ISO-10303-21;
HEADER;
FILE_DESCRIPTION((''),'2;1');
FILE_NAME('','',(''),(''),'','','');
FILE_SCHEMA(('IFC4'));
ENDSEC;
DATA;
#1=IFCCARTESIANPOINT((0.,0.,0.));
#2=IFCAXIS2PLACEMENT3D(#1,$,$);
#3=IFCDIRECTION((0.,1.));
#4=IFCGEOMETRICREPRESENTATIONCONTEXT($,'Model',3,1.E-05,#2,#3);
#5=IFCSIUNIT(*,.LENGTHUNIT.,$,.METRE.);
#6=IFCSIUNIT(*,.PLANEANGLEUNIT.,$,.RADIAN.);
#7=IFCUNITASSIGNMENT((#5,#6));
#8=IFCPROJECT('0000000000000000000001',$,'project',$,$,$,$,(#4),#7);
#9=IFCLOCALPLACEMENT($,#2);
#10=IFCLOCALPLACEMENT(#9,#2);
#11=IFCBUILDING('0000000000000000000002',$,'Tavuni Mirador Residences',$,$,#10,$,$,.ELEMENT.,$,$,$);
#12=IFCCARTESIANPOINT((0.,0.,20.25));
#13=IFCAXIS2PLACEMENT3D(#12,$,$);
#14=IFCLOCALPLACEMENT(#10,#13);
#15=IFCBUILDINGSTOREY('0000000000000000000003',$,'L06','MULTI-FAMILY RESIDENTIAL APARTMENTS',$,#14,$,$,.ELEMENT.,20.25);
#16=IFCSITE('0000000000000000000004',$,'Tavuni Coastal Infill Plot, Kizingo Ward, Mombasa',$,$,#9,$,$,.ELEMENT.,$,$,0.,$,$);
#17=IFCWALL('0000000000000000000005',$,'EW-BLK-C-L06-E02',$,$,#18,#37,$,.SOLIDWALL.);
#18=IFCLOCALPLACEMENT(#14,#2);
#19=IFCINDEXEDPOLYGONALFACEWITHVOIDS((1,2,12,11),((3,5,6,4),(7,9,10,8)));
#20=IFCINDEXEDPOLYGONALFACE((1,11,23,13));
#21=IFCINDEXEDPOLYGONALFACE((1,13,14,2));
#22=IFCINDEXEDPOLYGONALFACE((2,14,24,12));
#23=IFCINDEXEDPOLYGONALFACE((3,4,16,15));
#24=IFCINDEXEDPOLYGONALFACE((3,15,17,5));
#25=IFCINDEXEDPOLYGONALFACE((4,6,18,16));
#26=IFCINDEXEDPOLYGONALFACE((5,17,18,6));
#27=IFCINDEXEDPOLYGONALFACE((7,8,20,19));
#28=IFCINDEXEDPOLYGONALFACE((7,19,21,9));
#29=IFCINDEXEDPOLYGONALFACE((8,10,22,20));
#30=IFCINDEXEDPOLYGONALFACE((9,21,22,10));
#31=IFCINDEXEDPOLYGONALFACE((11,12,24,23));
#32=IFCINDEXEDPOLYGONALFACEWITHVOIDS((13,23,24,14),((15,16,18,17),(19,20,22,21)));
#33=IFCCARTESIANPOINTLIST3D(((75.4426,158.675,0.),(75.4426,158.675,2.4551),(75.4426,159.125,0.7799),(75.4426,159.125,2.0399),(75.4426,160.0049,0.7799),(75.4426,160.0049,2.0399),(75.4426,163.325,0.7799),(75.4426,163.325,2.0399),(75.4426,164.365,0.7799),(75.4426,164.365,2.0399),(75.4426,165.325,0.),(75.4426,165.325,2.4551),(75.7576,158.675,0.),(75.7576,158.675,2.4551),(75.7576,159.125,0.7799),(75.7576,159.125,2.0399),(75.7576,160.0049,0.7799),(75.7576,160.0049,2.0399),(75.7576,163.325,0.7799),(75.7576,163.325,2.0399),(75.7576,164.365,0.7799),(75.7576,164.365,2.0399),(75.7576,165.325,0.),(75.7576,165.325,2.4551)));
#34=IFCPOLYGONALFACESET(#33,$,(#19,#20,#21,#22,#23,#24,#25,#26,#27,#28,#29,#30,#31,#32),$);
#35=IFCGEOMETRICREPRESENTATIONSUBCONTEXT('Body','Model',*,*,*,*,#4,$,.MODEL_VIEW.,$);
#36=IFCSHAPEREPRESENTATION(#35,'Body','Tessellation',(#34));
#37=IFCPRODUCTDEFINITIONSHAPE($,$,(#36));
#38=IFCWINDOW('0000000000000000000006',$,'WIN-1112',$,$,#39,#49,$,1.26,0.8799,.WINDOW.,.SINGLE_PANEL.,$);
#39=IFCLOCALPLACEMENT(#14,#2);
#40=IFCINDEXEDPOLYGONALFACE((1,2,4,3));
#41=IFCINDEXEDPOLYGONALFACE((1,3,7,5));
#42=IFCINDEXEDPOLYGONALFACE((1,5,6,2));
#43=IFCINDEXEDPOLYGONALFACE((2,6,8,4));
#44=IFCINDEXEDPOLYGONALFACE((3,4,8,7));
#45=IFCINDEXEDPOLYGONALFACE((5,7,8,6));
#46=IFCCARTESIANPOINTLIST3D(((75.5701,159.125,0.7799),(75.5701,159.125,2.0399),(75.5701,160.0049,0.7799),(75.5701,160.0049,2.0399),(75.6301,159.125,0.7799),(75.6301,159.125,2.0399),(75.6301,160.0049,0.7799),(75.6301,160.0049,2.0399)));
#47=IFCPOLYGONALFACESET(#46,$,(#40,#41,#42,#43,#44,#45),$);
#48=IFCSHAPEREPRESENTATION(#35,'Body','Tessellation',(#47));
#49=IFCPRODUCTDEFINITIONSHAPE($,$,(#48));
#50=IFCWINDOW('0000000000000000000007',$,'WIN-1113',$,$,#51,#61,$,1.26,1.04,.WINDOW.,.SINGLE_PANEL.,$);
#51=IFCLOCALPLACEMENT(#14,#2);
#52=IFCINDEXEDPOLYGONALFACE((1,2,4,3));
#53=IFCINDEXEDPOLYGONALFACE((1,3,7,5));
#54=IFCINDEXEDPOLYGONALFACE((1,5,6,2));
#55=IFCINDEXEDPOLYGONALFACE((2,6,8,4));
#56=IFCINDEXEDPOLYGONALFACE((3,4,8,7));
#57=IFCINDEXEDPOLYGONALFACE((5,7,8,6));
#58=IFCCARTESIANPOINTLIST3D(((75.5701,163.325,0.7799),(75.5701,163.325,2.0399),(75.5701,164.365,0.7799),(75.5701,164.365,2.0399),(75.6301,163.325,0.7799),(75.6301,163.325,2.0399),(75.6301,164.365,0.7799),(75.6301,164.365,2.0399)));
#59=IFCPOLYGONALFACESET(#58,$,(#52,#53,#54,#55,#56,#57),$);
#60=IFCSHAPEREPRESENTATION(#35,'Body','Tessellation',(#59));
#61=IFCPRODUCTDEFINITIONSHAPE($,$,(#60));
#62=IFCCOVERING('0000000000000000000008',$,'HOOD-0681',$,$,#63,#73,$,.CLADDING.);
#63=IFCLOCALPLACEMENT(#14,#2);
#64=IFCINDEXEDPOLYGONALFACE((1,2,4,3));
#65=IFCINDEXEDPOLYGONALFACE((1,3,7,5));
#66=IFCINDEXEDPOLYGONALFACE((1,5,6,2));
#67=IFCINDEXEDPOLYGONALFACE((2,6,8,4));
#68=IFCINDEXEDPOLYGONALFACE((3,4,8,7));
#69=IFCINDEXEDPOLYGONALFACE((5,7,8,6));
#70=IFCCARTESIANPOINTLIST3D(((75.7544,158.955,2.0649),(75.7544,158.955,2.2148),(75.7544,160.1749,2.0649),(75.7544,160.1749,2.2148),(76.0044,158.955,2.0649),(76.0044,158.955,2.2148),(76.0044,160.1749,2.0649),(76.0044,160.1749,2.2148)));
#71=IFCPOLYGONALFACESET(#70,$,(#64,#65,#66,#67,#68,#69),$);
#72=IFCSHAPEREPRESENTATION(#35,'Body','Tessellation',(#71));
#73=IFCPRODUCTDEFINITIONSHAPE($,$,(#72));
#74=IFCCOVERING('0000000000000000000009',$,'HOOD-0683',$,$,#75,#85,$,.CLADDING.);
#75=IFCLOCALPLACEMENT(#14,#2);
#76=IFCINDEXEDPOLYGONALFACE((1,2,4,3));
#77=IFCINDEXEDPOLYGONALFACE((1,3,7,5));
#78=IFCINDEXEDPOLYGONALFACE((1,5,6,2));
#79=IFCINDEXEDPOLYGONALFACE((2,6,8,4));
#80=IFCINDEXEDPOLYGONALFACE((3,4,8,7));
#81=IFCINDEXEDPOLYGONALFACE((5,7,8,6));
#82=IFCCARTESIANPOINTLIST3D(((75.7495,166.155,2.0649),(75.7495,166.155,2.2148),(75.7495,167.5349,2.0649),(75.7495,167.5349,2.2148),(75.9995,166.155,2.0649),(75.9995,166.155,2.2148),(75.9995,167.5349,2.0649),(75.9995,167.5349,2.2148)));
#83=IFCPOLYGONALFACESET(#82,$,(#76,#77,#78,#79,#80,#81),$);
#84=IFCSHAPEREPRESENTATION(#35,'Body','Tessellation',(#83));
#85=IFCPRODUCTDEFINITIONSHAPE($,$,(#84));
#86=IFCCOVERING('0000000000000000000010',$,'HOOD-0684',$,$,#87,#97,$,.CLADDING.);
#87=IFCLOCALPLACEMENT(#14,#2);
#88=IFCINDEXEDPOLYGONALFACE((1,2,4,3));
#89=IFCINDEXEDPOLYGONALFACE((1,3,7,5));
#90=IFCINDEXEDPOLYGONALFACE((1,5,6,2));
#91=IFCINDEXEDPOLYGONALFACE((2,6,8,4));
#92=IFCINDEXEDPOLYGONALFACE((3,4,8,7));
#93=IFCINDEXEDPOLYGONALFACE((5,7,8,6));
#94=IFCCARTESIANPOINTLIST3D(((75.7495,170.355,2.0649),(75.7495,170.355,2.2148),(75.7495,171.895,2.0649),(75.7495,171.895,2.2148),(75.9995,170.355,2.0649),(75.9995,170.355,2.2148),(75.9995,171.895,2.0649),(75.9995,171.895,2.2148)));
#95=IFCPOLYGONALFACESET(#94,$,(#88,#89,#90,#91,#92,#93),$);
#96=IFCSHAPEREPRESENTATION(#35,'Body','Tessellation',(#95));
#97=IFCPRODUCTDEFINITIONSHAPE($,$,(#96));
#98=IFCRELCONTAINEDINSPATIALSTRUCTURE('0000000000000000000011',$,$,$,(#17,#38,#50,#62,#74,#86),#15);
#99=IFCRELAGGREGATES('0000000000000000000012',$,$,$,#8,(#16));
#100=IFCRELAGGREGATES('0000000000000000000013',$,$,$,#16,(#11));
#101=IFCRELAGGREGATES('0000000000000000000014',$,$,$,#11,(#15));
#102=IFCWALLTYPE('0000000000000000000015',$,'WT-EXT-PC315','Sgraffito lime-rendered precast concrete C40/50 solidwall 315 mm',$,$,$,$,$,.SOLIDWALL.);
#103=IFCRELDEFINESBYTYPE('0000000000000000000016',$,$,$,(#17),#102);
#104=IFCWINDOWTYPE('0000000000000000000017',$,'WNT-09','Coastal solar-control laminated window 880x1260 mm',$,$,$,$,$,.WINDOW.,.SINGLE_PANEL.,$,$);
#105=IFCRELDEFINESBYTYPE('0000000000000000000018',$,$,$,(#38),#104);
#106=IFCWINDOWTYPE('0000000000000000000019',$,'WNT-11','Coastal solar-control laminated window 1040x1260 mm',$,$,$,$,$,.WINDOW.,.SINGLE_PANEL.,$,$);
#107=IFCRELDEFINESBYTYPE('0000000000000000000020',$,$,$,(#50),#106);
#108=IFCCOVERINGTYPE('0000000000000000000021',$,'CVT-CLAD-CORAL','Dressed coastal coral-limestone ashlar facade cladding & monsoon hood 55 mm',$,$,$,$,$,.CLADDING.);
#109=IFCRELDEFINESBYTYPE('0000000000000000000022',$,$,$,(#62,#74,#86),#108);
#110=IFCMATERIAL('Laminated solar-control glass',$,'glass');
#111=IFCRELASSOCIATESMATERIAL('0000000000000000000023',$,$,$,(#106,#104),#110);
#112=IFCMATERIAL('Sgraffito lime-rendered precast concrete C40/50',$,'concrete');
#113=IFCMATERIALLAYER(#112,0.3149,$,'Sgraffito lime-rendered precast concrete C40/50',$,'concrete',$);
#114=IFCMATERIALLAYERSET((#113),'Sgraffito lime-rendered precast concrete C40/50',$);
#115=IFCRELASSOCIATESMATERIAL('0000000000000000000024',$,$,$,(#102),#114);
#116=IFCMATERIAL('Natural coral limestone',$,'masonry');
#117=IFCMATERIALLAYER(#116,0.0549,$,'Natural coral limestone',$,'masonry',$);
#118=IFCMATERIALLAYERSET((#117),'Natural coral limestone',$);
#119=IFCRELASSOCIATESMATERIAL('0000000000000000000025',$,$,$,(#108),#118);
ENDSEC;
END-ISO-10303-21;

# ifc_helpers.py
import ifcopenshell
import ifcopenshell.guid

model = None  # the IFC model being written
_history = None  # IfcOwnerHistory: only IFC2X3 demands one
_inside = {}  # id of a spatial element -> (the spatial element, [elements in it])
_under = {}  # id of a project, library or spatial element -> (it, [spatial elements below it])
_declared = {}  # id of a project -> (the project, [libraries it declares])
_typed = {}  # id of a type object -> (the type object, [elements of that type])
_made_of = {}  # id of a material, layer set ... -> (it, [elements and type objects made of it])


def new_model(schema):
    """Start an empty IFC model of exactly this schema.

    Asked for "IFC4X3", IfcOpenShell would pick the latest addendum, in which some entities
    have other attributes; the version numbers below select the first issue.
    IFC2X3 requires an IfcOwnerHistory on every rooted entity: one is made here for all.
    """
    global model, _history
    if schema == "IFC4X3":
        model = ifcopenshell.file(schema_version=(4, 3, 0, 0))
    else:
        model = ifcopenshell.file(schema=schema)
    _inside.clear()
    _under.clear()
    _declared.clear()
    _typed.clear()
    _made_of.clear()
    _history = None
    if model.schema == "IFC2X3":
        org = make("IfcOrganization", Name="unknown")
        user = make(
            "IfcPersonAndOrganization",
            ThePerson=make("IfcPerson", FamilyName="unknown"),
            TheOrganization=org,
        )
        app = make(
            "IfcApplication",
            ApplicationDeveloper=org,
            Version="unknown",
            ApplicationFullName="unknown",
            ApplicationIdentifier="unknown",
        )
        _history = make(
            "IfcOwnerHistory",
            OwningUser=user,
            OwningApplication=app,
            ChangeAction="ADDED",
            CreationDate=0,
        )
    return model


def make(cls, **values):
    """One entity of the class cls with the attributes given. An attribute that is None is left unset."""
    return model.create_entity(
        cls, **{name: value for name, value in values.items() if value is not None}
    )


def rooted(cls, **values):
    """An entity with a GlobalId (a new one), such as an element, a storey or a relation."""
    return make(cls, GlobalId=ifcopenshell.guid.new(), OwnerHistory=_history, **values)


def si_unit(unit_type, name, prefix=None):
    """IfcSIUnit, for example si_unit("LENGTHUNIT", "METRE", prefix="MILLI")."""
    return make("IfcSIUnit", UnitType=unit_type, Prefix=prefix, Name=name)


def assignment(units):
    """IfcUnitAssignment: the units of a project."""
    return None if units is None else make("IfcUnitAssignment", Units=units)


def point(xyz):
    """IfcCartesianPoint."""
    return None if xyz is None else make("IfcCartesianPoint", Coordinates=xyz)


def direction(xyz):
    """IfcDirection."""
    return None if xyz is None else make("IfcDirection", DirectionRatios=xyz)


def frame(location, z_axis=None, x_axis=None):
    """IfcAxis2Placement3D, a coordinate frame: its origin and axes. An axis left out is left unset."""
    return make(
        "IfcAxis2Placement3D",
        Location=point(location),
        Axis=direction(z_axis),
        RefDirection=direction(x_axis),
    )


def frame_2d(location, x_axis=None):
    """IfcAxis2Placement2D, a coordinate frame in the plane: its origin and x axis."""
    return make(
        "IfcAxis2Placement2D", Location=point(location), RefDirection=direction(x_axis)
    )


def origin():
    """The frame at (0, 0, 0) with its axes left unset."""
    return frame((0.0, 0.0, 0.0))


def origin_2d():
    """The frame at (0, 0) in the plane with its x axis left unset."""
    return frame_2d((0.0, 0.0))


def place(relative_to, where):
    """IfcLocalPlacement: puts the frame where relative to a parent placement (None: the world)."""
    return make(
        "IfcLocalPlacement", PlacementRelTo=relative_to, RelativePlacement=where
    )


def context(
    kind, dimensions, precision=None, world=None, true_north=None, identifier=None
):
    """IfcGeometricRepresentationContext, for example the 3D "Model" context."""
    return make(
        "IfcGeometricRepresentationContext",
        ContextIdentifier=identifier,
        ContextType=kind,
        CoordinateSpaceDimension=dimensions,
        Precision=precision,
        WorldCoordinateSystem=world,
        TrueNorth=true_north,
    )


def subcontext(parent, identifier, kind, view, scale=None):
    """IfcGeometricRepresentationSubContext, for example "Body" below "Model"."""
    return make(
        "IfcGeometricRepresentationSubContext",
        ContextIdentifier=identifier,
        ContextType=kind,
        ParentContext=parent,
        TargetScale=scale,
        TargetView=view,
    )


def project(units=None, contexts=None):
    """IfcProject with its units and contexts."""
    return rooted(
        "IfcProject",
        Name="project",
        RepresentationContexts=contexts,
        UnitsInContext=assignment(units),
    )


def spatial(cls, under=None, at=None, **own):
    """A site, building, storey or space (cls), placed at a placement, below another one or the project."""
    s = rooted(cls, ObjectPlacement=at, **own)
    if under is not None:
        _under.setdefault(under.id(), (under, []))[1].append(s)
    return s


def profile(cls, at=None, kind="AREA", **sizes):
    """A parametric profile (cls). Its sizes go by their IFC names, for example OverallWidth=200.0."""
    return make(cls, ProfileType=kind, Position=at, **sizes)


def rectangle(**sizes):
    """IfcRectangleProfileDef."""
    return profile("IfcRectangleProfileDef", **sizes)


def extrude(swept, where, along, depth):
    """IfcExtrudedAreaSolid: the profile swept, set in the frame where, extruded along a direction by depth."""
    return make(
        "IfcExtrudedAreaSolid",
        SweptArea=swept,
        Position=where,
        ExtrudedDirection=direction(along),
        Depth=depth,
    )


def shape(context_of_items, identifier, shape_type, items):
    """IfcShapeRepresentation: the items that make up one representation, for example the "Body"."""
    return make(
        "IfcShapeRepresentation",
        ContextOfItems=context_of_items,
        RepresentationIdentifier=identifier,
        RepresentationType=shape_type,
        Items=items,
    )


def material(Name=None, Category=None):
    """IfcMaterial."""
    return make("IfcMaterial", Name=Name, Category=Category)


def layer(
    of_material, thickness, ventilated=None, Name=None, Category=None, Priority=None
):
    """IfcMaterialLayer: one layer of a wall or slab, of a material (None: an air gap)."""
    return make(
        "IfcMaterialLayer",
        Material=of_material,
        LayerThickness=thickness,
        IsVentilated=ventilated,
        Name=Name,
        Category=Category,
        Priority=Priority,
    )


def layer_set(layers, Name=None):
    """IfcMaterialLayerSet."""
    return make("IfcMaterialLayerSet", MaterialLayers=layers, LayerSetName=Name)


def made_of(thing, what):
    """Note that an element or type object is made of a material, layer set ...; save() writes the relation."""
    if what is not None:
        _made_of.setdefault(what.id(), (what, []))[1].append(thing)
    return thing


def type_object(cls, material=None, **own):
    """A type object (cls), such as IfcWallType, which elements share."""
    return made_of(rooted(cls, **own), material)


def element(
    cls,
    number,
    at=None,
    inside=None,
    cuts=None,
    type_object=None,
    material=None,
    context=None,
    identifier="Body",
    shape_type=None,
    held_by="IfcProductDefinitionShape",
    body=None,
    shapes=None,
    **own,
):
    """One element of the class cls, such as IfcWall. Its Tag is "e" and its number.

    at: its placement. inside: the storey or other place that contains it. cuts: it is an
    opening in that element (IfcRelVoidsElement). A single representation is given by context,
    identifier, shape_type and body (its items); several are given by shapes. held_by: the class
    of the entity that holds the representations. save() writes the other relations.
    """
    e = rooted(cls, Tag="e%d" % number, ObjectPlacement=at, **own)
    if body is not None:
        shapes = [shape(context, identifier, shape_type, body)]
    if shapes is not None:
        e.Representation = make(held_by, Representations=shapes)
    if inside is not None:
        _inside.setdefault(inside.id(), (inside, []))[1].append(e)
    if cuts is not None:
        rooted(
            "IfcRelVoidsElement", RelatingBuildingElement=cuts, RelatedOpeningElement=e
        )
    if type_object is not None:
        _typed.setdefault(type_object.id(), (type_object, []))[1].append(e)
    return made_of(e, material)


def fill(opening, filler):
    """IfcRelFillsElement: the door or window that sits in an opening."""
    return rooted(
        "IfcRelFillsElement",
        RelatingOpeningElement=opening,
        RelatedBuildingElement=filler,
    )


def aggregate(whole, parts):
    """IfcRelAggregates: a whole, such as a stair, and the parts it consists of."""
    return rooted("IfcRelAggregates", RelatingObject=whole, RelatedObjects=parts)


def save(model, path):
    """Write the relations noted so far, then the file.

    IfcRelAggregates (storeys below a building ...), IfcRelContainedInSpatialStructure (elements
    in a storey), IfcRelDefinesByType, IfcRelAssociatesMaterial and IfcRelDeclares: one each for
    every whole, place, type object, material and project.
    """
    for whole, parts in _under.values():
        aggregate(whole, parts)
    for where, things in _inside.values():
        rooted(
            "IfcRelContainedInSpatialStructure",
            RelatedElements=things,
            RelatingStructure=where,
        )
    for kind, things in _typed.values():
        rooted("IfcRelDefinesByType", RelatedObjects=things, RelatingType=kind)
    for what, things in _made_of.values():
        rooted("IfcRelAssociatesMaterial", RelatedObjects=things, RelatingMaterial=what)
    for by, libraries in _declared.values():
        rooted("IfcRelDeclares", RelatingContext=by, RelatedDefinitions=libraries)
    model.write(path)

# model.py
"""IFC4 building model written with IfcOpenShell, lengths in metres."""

from ifc_helpers import new_model, si_unit, direction, frame, frame_2d, origin, origin_2d, place, context, subcontext, project, spatial, rectangle, extrude, material, layer, layer_set, type_object, element, fill, save


model = new_model("IFC4")

# Units and contexts
model_context = context("Model", 3, precision=1e-05, world=origin(), true_north=direction((0.0, 1.0)))
body_context = subcontext(model_context, "Body", "Model", "MODEL_VIEW")
ifc_project = project(units=[si_unit("LENGTHUNIT", "METRE"), si_unit("PLANEANGLEUNIT", "RADIAN")], contexts=[model_context])

# Site, building, storey
site_placement = place(None, origin())
site = spatial("IfcSite", under=ifc_project, at=site_placement, Name="Tavuni Coastal Infill Plot, Kizingo Ward, Mombasa", CompositionType="ELEMENT", RefElevation=0.0)
building_placement = place(site_placement, origin())
building = spatial("IfcBuilding", under=site, at=building_placement, Name="Tavuni Mirador Residences", CompositionType="ELEMENT")
storey_placement = place(building_placement, frame((0.0, 0.0, 20.25)))
storey = spatial("IfcBuildingStorey", under=building, at=storey_placement, Name="L06", Description="MULTI-FAMILY RESIDENTIAL APARTMENTS", CompositionType="ELEMENT", Elevation=20.25)

# Wall, openings, windows
ifc_material_1 = material(Name="Laminated solar-control glass", Category="glass")
ifc_material_2 = material(Name="Sgraffito lime-rendered precast concrete C40/50", Category="concrete")
window_type_1 = type_object("IfcWindowType", Name="WNT-11", Description="Coastal solar-control laminated window 1040x1260 mm", PartitioningType="SINGLE_PANEL", PredefinedType="WINDOW", material=ifc_material_1)
ifc_layer_1 = layer(ifc_material_2, 0.3149, Name="Sgraffito lime-rendered precast concrete C40/50", Category="concrete")
ifc_layer_set_1 = layer_set([ifc_layer_1], Name="Sgraffito lime-rendered precast concrete C40/50")
wall_type_1 = type_object("IfcWallType", Name="WT-EXT-PC315", Description="Sgraffito lime-rendered precast concrete C40/50 solidwall 315 mm", PredefinedType="SOLIDWALL", material=ifc_layer_set_1)
wall_1_placement = place(storey_placement, frame((75.6001, 158.675, 0.0), z_axis=(0.0, 0.0, 1.0), x_axis=(0.0, 1.0, 0.0)))
wall_1 = element("IfcWall", 1, at=wall_1_placement, inside=storey, type_object=wall_type_1, Name="EW-BLK-C-L06-E02", PredefinedType="SOLIDWALL", context=body_context, shape_type="SweptSolid", body=[
    extrude(rectangle(XDim=6.6499, YDim=0.3149, at=frame_2d((3.325, 0.0))), origin(), (0.0, 0.0, 1.0), 2.4551),
])
opening_1_placement = place(wall_1_placement, frame((0.45, 0.0, 0.78)))
opening_1 = element("IfcOpeningElement", 2, at=opening_1_placement, cuts=wall_1, PredefinedType="OPENING", context=body_context, shape_type="SweptSolid", body=[
    extrude(rectangle(XDim=0.8799, YDim=1.26, at=frame_2d((0.4399, 0.6299))), frame((0.0, 0.1675, 0.0), z_axis=(0.0, -1.0, 0.0), x_axis=(1.0, 0.0, 0.0)), (0.0, 0.0, 1.0), 0.335),
])
opening_2_placement = place(wall_1_placement, frame((4.6499, 0.0, 0.78)))
opening_2 = element("IfcOpeningElement", 3, at=opening_2_placement, cuts=wall_1, PredefinedType="OPENING", context=body_context, shape_type="SweptSolid", body=[
    extrude(rectangle(XDim=1.04, YDim=1.26, at=frame_2d((0.52, 0.6299))), frame((0.0, 0.1675, 0.0), z_axis=(0.0, -1.0, 0.0), x_axis=(1.0, 0.0, 0.0)), (0.0, 0.0, 1.0), 0.335),
])
window_type_2 = type_object("IfcWindowType", Name="WNT-09", Description="Coastal solar-control laminated window 880x1260 mm", PartitioningType="SINGLE_PANEL", PredefinedType="WINDOW", material=ifc_material_1)
window_1_placement = place(opening_1_placement, origin())
window_1 = element("IfcWindow", 4, at=window_1_placement, inside=storey, type_object=window_type_2, Name="WIN-1112", OverallHeight=1.26, OverallWidth=0.8799, PartitioningType="SINGLE_PANEL", PredefinedType="WINDOW", context=body_context, shape_type="SweptSolid", body=[
    extrude(rectangle(XDim=0.8799, YDim=1.26, at=frame_2d((0.4399, 0.6299))), frame((0.0, 0.03, 0.0), z_axis=(0.0, -1.0, 0.0), x_axis=(1.0, 0.0, 0.0)), (0.0, 0.0, 1.0), 0.0601),
])
fill(opening_1, window_1)
window_2_placement = place(opening_2_placement, origin())
window_2 = element("IfcWindow", 5, at=window_2_placement, inside=storey, type_object=window_type_1, Name="WIN-1113", OverallHeight=1.26, OverallWidth=1.04, PartitioningType="SINGLE_PANEL", PredefinedType="WINDOW", context=body_context, shape_type="SweptSolid", body=[
    extrude(rectangle(XDim=1.04, YDim=1.26, at=frame_2d((0.52, 0.6299))), frame((0.0, 0.03, 0.0), z_axis=(0.0, -1.0, 0.0), x_axis=(1.0, 0.0, 0.0)), (0.0, 0.0, 1.0), 0.0601),
])
fill(opening_2, window_2)

# Coverings
ifc_material_3 = material(Name="Natural coral limestone", Category="masonry")
ifc_layer_2 = layer(ifc_material_3, 0.0549, Name="Natural coral limestone", Category="masonry")
ifc_layer_set_2 = layer_set([ifc_layer_2], Name="Natural coral limestone")
covering_type = type_object("IfcCoveringType", Name="CVT-CLAD-CORAL", Description="Dressed coastal coral-limestone ashlar facade cladding & monsoon hood 55 mm", PredefinedType="CLADDING", material=ifc_layer_set_2)
covering_1_placement = place(storey_placement, frame((75.8794, 159.5649, 2.0649), z_axis=(0.0, 0.0, 1.0), x_axis=(0.0, 1.0, 0.0)))
element("IfcCovering", 6, at=covering_1_placement, inside=storey, type_object=covering_type, Name="HOOD-0681", PredefinedType="CLADDING", context=body_context, shape_type="SweptSolid", body=[
    extrude(rectangle(XDim=1.22, YDim=0.25, at=origin_2d()), origin(), (0.0, 0.0, 1.0), 0.1499),
])
covering_2_placement = place(storey_placement, frame((75.8745, 166.845, 2.0649), z_axis=(0.0, 0.0, 1.0), x_axis=(0.0, 1.0, 0.0)))
element("IfcCovering", 7, at=covering_2_placement, inside=storey, type_object=covering_type, Name="HOOD-0683", PredefinedType="CLADDING", context=body_context, shape_type="SweptSolid", body=[
    extrude(rectangle(XDim=1.3799, YDim=0.25, at=origin_2d()), origin(), (0.0, 0.0, 1.0), 0.1499),
])
covering_3_placement = place(storey_placement, frame((75.8745, 171.125, 2.0649), z_axis=(0.0, 0.0, 1.0), x_axis=(0.0, 1.0, 0.0)))
element("IfcCovering", 8, at=covering_3_placement, inside=storey, type_object=covering_type, Name="HOOD-0684", PredefinedType="CLADDING", context=body_context, shape_type="SweptSolid", body=[
    extrude(rectangle(XDim=1.54, YDim=0.25, at=origin_2d()), origin(), (0.0, 0.0, 1.0), 0.1499),
])

save(model, "model.ifc")
